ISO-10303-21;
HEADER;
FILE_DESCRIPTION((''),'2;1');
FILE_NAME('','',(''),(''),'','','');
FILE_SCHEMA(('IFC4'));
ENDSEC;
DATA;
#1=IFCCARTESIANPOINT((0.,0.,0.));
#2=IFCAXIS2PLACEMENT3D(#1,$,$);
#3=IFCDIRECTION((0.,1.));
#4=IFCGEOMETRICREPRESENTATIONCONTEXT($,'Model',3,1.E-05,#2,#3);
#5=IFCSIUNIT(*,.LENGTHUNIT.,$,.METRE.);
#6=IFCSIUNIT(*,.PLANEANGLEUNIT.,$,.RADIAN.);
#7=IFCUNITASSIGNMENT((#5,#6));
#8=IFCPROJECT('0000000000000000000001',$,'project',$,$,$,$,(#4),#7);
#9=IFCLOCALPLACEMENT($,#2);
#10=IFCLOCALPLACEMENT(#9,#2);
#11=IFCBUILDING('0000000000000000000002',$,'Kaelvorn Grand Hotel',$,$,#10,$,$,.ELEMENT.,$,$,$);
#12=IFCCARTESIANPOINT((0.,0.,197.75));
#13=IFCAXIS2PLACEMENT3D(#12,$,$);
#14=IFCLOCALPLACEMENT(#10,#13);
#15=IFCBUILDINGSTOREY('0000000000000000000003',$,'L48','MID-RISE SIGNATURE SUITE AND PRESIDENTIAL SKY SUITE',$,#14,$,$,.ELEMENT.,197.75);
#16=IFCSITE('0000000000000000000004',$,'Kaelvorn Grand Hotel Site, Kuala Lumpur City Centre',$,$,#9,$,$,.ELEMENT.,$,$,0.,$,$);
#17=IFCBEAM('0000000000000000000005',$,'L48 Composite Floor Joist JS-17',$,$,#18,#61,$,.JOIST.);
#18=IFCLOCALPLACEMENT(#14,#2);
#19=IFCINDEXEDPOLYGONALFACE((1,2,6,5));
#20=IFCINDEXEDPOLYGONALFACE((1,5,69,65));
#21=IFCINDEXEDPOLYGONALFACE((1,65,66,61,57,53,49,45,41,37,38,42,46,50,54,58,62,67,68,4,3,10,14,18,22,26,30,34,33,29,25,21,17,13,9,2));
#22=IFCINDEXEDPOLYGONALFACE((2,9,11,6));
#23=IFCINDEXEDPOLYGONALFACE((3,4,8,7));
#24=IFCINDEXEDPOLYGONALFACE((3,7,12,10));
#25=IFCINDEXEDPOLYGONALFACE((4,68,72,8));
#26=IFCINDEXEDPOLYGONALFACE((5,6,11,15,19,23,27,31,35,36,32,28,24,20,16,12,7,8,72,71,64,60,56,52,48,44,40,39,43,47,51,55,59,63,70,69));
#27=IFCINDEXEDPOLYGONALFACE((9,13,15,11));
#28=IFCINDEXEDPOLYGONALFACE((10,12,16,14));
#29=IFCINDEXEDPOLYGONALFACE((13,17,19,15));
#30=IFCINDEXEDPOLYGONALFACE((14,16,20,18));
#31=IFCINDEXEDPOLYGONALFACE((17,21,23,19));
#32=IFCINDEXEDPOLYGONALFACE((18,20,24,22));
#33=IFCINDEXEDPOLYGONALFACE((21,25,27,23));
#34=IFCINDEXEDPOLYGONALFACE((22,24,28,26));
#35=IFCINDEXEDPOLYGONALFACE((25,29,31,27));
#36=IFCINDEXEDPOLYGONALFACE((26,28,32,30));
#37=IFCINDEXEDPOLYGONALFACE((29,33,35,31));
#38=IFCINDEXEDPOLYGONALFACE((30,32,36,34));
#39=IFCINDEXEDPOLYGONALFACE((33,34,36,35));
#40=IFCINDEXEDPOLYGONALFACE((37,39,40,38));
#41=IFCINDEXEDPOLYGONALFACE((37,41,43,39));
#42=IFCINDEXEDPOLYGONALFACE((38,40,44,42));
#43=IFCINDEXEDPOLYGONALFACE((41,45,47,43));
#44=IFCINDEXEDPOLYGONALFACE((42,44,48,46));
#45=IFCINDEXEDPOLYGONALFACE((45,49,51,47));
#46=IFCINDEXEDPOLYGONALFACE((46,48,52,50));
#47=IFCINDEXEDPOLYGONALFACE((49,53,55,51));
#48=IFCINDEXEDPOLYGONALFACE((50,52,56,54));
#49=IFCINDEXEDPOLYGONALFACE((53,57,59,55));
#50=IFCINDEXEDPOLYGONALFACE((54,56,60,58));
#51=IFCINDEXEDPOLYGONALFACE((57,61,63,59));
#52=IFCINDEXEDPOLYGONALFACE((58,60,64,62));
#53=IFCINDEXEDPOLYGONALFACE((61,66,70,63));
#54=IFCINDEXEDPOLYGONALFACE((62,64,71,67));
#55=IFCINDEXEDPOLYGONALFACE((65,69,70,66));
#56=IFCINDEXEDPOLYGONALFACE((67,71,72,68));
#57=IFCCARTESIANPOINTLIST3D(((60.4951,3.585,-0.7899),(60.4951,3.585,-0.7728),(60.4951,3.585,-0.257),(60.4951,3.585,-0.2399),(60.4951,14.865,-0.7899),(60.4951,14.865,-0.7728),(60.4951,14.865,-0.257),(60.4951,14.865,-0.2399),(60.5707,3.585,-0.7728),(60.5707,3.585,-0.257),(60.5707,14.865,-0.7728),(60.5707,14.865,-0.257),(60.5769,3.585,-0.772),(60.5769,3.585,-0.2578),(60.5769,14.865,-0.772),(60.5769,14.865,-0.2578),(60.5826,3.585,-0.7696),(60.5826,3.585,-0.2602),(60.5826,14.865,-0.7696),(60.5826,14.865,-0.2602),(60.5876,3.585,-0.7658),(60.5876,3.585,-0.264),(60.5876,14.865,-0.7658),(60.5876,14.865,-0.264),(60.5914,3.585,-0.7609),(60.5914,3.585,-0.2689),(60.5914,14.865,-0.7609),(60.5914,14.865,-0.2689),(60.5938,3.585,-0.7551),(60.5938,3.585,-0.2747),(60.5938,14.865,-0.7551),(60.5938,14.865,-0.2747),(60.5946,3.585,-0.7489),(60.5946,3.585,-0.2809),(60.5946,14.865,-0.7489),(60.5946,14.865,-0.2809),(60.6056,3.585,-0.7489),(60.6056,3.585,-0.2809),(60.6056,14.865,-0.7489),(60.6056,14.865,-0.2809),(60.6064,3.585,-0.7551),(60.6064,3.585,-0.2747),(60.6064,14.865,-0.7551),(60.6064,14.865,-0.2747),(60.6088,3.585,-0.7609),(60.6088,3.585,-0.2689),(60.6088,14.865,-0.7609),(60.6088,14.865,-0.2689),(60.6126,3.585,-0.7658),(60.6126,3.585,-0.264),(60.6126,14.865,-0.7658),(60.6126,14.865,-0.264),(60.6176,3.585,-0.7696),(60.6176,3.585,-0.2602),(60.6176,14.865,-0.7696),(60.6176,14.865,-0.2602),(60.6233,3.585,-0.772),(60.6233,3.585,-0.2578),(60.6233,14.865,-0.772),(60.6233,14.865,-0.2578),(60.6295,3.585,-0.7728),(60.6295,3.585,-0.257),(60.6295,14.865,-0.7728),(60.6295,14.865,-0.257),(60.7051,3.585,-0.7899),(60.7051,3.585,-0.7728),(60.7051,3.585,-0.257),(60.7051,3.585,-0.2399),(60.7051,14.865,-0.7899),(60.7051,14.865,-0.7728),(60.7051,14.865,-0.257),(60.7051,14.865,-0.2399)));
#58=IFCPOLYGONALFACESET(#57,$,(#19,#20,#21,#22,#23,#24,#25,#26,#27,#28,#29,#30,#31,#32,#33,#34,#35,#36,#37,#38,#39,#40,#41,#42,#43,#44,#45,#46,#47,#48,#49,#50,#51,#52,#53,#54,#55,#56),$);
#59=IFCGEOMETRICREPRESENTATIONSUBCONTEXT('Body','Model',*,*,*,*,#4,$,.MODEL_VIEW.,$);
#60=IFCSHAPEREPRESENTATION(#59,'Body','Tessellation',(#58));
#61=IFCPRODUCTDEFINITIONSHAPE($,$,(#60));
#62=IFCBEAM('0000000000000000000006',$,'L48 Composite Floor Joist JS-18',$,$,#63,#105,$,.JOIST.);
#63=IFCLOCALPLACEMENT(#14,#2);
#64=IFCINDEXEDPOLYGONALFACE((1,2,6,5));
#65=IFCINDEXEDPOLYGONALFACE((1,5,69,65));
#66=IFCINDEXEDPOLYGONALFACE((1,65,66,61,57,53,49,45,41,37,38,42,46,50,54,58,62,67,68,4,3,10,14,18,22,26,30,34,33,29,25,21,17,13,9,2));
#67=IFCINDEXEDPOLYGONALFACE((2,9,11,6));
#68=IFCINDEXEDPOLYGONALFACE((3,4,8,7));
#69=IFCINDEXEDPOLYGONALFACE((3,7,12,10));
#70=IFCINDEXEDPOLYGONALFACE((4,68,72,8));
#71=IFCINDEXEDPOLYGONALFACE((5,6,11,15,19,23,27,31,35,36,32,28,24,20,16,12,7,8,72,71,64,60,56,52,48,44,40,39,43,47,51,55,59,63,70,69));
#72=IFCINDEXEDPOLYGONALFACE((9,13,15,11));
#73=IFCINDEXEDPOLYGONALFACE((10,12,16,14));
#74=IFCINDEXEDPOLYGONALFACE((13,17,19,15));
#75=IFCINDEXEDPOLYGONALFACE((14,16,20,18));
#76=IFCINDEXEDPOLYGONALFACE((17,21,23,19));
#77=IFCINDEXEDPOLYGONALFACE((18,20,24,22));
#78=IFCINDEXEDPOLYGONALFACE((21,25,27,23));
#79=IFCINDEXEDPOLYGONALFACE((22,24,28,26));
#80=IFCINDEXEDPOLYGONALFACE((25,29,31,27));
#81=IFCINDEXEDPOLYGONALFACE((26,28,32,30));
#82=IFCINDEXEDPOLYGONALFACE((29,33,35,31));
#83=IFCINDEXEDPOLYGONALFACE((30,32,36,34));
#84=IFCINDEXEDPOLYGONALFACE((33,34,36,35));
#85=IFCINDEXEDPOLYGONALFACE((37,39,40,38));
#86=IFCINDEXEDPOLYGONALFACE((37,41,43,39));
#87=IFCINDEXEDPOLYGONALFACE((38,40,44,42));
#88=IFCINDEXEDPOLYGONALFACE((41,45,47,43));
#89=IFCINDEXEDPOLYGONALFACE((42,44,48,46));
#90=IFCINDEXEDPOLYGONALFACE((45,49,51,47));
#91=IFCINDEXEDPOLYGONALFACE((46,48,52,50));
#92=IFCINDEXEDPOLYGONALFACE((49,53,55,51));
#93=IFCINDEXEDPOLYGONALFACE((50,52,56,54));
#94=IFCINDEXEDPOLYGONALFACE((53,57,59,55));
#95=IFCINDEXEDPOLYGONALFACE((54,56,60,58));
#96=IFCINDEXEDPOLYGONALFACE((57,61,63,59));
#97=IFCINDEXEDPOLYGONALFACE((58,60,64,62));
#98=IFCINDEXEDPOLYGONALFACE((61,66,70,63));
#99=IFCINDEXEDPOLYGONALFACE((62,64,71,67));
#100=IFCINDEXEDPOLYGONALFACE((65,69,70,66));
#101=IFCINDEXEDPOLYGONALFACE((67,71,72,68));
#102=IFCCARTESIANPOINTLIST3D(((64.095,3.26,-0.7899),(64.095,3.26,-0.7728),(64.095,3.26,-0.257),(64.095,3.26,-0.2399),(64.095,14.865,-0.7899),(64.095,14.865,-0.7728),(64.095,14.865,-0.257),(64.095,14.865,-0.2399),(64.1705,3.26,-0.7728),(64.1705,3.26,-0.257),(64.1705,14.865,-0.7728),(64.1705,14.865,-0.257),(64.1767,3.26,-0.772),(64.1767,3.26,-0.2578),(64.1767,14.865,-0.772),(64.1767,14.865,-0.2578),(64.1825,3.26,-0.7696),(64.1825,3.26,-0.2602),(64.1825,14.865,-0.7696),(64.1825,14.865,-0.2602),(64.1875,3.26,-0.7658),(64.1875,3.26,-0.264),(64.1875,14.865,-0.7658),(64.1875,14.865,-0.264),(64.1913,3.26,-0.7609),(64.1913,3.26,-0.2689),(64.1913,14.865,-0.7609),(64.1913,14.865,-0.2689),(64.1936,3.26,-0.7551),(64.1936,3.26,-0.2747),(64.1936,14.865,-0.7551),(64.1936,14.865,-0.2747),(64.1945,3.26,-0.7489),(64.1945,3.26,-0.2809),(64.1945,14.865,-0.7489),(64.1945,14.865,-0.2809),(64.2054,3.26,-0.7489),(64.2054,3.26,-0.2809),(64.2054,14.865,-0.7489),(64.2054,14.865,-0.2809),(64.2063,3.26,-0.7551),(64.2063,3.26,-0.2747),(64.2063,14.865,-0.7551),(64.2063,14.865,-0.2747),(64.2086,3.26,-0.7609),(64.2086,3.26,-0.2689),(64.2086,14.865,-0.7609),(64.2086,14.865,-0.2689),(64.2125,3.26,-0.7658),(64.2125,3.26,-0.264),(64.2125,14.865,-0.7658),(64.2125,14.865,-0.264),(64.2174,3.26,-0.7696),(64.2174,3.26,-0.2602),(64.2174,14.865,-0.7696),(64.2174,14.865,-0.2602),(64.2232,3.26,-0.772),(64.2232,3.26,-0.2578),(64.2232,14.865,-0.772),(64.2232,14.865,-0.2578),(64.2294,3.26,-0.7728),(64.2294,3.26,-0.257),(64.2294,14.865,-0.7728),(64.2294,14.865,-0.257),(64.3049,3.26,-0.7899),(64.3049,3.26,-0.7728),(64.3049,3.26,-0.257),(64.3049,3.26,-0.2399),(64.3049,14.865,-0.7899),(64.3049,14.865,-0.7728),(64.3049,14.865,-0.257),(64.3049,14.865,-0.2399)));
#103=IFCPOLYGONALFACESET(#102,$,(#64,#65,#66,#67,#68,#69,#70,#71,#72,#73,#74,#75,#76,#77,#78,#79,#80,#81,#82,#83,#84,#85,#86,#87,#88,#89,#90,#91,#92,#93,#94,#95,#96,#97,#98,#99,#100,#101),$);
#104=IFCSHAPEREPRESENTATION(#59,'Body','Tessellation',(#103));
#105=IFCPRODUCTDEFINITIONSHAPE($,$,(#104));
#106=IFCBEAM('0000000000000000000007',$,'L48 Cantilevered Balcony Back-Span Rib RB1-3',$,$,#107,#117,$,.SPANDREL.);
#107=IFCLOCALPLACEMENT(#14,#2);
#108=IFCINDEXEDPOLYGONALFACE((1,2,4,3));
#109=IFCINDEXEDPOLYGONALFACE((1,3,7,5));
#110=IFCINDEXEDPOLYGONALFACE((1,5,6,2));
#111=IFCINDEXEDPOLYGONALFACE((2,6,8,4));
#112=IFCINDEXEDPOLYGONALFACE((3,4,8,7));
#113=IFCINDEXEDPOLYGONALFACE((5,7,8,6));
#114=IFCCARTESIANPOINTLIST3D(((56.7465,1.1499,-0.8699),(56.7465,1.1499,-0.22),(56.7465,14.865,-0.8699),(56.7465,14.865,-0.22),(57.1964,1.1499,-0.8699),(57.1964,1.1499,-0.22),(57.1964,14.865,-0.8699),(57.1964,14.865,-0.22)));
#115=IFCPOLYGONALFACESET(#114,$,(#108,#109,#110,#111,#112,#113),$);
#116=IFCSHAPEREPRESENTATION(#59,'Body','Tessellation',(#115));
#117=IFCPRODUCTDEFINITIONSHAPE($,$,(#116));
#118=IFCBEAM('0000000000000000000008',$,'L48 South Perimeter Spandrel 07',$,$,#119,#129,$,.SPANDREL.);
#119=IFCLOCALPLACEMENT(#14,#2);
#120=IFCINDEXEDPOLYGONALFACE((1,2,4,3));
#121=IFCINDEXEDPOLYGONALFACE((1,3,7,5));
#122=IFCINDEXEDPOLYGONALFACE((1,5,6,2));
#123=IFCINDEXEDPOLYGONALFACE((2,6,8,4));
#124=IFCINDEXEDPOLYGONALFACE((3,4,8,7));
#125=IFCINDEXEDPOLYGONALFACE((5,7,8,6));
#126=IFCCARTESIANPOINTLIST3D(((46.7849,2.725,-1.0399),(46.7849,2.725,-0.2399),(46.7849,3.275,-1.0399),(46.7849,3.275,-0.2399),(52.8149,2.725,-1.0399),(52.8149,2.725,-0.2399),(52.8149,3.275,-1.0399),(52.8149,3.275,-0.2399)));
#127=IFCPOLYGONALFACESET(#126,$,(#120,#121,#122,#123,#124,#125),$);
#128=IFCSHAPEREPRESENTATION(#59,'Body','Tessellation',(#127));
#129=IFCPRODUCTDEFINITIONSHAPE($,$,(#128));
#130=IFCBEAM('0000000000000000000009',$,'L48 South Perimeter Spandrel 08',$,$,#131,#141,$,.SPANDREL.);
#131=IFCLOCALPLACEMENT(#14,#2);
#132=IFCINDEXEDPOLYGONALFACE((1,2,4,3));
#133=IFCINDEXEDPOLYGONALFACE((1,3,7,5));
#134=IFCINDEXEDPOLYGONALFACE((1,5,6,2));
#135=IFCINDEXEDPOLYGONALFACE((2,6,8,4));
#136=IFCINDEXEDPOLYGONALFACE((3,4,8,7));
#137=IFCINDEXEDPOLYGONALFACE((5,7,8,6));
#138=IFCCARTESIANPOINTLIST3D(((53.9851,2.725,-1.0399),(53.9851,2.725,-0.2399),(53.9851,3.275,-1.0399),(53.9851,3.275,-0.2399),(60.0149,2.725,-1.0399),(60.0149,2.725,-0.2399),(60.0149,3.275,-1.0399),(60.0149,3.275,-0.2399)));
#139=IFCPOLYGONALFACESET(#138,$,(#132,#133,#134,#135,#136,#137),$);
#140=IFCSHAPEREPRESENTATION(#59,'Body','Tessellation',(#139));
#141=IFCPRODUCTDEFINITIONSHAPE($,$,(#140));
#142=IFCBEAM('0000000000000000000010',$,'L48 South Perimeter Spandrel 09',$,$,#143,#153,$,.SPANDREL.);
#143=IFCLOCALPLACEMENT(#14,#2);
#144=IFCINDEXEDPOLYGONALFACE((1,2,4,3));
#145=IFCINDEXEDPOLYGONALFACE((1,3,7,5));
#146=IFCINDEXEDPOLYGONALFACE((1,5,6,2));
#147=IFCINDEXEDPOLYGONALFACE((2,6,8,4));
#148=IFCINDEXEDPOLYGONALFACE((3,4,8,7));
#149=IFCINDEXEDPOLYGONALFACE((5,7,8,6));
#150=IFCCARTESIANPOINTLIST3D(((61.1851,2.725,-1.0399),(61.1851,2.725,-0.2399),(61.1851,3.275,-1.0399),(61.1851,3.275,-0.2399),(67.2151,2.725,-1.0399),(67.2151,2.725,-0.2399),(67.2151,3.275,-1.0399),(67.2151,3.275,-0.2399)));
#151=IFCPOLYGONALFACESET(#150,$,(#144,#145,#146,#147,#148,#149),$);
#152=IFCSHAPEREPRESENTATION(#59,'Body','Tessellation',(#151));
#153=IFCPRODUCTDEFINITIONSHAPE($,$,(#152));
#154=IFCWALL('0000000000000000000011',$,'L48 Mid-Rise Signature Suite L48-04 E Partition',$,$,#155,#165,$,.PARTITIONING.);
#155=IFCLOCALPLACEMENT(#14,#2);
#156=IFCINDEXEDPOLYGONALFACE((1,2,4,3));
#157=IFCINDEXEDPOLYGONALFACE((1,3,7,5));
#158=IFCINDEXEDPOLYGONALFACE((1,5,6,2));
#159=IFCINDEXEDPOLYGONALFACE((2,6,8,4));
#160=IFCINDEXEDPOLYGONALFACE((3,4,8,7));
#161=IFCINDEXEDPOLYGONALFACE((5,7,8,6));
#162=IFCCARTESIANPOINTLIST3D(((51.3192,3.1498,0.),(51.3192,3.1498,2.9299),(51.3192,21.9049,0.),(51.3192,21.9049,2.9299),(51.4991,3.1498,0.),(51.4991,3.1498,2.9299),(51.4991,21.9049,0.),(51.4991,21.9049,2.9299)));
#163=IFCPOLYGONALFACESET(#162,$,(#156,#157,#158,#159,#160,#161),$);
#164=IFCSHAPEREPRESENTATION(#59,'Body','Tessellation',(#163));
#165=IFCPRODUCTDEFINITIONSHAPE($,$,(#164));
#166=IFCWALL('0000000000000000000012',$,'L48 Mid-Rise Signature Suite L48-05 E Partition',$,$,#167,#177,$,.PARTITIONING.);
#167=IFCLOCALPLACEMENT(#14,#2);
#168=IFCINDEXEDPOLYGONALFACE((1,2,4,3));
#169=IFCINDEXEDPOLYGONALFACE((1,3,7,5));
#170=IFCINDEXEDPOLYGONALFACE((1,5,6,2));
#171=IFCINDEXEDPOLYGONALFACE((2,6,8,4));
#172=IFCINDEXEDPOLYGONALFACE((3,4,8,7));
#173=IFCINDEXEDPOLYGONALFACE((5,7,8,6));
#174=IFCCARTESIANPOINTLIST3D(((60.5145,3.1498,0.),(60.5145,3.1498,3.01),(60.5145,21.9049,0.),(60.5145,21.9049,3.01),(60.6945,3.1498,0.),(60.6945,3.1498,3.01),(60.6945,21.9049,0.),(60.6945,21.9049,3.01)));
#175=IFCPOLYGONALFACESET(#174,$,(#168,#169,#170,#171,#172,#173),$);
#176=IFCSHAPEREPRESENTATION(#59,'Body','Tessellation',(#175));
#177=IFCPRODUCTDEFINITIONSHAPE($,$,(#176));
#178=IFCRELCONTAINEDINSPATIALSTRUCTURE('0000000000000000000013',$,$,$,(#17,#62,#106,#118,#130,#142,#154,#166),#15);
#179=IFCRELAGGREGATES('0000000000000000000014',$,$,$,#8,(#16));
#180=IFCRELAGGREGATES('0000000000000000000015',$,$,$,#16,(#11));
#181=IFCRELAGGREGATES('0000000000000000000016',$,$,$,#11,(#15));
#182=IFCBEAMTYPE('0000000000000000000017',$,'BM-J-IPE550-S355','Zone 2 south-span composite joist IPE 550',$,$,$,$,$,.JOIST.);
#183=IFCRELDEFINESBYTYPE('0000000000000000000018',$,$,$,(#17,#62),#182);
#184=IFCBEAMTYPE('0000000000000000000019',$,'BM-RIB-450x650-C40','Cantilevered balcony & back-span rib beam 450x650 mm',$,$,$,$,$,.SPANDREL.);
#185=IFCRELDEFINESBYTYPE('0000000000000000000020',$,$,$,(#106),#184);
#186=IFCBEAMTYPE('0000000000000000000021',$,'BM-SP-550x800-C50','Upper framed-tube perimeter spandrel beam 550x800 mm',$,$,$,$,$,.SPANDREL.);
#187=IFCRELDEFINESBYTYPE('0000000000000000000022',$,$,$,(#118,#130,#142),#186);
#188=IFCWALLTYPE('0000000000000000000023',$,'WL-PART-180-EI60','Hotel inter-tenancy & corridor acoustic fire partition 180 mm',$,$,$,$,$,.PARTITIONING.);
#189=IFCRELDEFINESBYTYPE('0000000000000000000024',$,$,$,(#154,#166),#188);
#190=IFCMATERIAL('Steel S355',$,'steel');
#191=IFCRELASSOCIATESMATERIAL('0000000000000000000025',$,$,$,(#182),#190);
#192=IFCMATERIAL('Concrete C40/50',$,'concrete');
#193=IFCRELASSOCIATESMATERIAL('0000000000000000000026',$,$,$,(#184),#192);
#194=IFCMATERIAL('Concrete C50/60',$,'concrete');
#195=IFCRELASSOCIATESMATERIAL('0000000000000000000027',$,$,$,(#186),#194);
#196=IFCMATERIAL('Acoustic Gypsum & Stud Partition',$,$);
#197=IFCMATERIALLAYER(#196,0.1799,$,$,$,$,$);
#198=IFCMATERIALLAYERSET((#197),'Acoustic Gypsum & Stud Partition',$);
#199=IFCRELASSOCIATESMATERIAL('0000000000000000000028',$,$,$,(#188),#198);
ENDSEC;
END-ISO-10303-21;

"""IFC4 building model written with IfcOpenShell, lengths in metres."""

from ifc_helpers import new_model, si_unit, direction, frame, frame_2d, origin, origin_2d, place, context, subcontext, project, spatial, rectangle, i_section, extrude, material, layer, layer_set, material_profile, profile_set, type_object, element, save


model = new_model("IFC4")

# Units and contexts
model_context = context("Model", 3, precision=1e-05, world=origin(), true_north=direction((0.0, 1.0)))
body_context = subcontext(model_context, "Body", "Model", "MODEL_VIEW")
ifc_project = project(units=[si_unit("LENGTHUNIT", "METRE"), si_unit("PLANEANGLEUNIT", "RADIAN")], contexts=[model_context])

# Site, building, storey
site_placement = place(None, origin())
site = spatial("IfcSite", under=ifc_project, at=site_placement, Name="Kaelvorn Grand Hotel Site, Kuala Lumpur City Centre", CompositionType="ELEMENT", RefElevation=0.0)
building_placement = place(site_placement, origin())
building = spatial("IfcBuilding", under=site, at=building_placement, Name="Kaelvorn Grand Hotel", CompositionType="ELEMENT")
storey_placement = place(building_placement, frame((0.0, 0.0, 197.75)))
storey = spatial("IfcBuildingStorey", under=building, at=storey_placement, Name="L48", Description="MID-RISE SIGNATURE SUITE AND PRESIDENTIAL SKY SUITE", CompositionType="ELEMENT", Elevation=197.75)

# Beams
ifc_material_1 = material(Name="Steel S355", Category="steel")
ifc_material_profile_1 = material_profile(ifc_material_1, i_section(OverallWidth=0.21, OverallDepth=0.55, WebThickness=0.011, FlangeThickness=0.0171, FilletRadius=0.0239, at=origin_2d()), Name="IPE 550")
ifc_profile_set_1 = profile_set([ifc_material_profile_1], Name="Steel S355")
beam_type_1 = type_object("IfcBeamType", Name="BM-J-IPE550-S355", Description="Zone 2 south-span composite joist IPE 550", PredefinedType="JOIST", material=ifc_profile_set_1)
for number, where, z_axis, x_axis, name in (
    (1, (60.6001, 3.585, -0.5149), (0.0, 1.0, 0.0), (-1.0, 0.0, 0.0), "L48 Composite Floor Joist JS-17"),
):
    element("IfcBeam", number, at=place(storey_placement, frame(where, z_axis=z_axis, x_axis=x_axis)), inside=storey, type_object=beam_type_1, Name=name, PredefinedType="JOIST", context=body_context, shape_type="SweptSolid", body=[
        extrude(i_section(OverallWidth=0.21, OverallDepth=0.55, WebThickness=0.011, FlangeThickness=0.0171, FilletRadius=0.0239, at=origin_2d()), origin(), (0.0, 0.0, 1.0), 11.28),
    ])
beam_1_placement = place(storey_placement, frame((64.2, 3.26, -0.5149), z_axis=(0.0, 1.0, 0.0), x_axis=(-1.0, 0.0, 0.0)))
element("IfcBeam", 2, at=beam_1_placement, inside=storey, type_object=beam_type_1, Name="L48 Composite Floor Joist JS-18", PredefinedType="JOIST", context=body_context, shape_type="SweptSolid", body=[
    extrude(i_section(OverallWidth=0.21, OverallDepth=0.55, WebThickness=0.011, FlangeThickness=0.0171, FilletRadius=0.0239, at=origin_2d()), origin(), (0.0, 0.0, 1.0), 11.605),
])
ifc_material_2 = material(Name="Concrete C40/50", Category="concrete")
ifc_material_profile_2 = material_profile(ifc_material_2, rectangle(XDim=0.45, YDim=0.6499, at=origin_2d()), Name="RC RIB 450x650")
ifc_profile_set_2 = profile_set([ifc_material_profile_2], Name="Concrete C40/50")
beam_type_2 = type_object("IfcBeamType", Name="BM-RIB-450x650-C40", Description="Cantilevered balcony & back-span rib beam 450x650 mm", PredefinedType="SPANDREL", material=ifc_profile_set_2)
beam_2_placement = place(storey_placement, frame((56.9714, 1.1499, -0.5449), z_axis=(0.0, 1.0, 0.0), x_axis=(-1.0, 0.0, 0.0)))
element("IfcBeam", 3, at=beam_2_placement, inside=storey, type_object=beam_type_2, Name="L48 Cantilevered Balcony Back-Span Rib RB1-3", PredefinedType="SPANDREL", context=body_context, shape_type="SweptSolid", body=[
    extrude(rectangle(XDim=0.45, YDim=0.6499, at=origin_2d()), origin(), (0.0, 0.0, 1.0), 13.7151),
])
ifc_material_3 = material(Name="Concrete C50/60", Category="concrete")
ifc_material_profile_3 = material_profile(ifc_material_3, rectangle(XDim=0.55, YDim=0.8, at=origin_2d()), Name="RC SPANDREL 550x800")
ifc_profile_set_3 = profile_set([ifc_material_profile_3], Name="Concrete C50/60")
beam_type_3 = type_object("IfcBeamType", Name="BM-SP-550x800-C50", Description="Upper framed-tube perimeter spandrel beam 550x800 mm", PredefinedType="SPANDREL", material=ifc_profile_set_3)
beam_3_placement = place(storey_placement, frame((46.7849, 3.0, -0.6399), z_axis=(1.0, 0.0, 0.0), x_axis=(0.0, 1.0, 0.0)))
element("IfcBeam", 4, at=beam_3_placement, inside=storey, type_object=beam_type_3, Name="L48 South Perimeter Spandrel 07", PredefinedType="SPANDREL", context=body_context, shape_type="SweptSolid", body=[
    extrude(rectangle(XDim=0.55, YDim=0.8, at=origin_2d()), origin(), (0.0, 0.0, 1.0), 6.03),
])
beam_4_placement = place(storey_placement, frame((53.9851, 3.0, -0.6399), z_axis=(1.0, 0.0, 0.0), x_axis=(0.0, 1.0, 0.0)))
element("IfcBeam", 5, at=beam_4_placement, inside=storey, type_object=beam_type_3, Name="L48 South Perimeter Spandrel 08", PredefinedType="SPANDREL", context=body_context, shape_type="SweptSolid", body=[
    extrude(rectangle(XDim=0.55, YDim=0.8, at=origin_2d()), origin(), (0.0, 0.0, 1.0), 6.0298),
])
beam_5_placement = place(storey_placement, frame((61.1851, 3.0, -0.6399), z_axis=(1.0, 0.0, 0.0), x_axis=(0.0, 1.0, 0.0)))
element("IfcBeam", 6, at=beam_5_placement, inside=storey, type_object=beam_type_3, Name="L48 South Perimeter Spandrel 09", PredefinedType="SPANDREL", context=body_context, shape_type="SweptSolid", body=[
    extrude(rectangle(XDim=0.55, YDim=0.8, at=origin_2d()), origin(), (0.0, 0.0, 1.0), 6.03),
])

# Walls
ifc_material_4 = material(Name="Acoustic Gypsum & Stud Partition")
ifc_layer_1 = layer(ifc_material_4, 0.1799)
ifc_layer_set_1 = layer_set([ifc_layer_1], Name="Acoustic Gypsum & Stud Partition")
wall_type = type_object("IfcWallType", Name="WL-PART-180-EI60", Description="Hotel inter-tenancy & corridor acoustic fire partition 180 mm", PredefinedType="PARTITIONING", material=ifc_layer_set_1)
wall_1_placement = place(storey_placement, frame((51.4092, 3.1499, 0.0), z_axis=(0.0, 0.0, 1.0), x_axis=(0.0, 1.0, 0.0)))
element("IfcWall", 7, at=wall_1_placement, inside=storey, type_object=wall_type, Name="L48 Mid-Rise Signature Suite L48-04 E Partition", PredefinedType="PARTITIONING", context=body_context, shape_type="SweptSolid", body=[
    extrude(rectangle(XDim=18.7551, YDim=0.1799, at=frame_2d((9.3774, 0.0))), origin(), (0.0, 0.0, 1.0), 2.9299),
])
wall_2_placement = place(storey_placement, frame((60.6045, 3.1499, 0.0), z_axis=(0.0, 0.0, 1.0), x_axis=(0.0, 1.0, 0.0)))
element("IfcWall", 8, at=wall_2_placement, inside=storey, type_object=wall_type, Name="L48 Mid-Rise Signature Suite L48-05 E Partition", PredefinedType="PARTITIONING", context=body_context, shape_type="SweptSolid", body=[
    extrude(rectangle(XDim=18.7551, YDim=0.1799, at=frame_2d((9.3774, 0.0))), origin(), (0.0, 0.0, 1.0), 3.01),
])

save(model, "model.ifc")
